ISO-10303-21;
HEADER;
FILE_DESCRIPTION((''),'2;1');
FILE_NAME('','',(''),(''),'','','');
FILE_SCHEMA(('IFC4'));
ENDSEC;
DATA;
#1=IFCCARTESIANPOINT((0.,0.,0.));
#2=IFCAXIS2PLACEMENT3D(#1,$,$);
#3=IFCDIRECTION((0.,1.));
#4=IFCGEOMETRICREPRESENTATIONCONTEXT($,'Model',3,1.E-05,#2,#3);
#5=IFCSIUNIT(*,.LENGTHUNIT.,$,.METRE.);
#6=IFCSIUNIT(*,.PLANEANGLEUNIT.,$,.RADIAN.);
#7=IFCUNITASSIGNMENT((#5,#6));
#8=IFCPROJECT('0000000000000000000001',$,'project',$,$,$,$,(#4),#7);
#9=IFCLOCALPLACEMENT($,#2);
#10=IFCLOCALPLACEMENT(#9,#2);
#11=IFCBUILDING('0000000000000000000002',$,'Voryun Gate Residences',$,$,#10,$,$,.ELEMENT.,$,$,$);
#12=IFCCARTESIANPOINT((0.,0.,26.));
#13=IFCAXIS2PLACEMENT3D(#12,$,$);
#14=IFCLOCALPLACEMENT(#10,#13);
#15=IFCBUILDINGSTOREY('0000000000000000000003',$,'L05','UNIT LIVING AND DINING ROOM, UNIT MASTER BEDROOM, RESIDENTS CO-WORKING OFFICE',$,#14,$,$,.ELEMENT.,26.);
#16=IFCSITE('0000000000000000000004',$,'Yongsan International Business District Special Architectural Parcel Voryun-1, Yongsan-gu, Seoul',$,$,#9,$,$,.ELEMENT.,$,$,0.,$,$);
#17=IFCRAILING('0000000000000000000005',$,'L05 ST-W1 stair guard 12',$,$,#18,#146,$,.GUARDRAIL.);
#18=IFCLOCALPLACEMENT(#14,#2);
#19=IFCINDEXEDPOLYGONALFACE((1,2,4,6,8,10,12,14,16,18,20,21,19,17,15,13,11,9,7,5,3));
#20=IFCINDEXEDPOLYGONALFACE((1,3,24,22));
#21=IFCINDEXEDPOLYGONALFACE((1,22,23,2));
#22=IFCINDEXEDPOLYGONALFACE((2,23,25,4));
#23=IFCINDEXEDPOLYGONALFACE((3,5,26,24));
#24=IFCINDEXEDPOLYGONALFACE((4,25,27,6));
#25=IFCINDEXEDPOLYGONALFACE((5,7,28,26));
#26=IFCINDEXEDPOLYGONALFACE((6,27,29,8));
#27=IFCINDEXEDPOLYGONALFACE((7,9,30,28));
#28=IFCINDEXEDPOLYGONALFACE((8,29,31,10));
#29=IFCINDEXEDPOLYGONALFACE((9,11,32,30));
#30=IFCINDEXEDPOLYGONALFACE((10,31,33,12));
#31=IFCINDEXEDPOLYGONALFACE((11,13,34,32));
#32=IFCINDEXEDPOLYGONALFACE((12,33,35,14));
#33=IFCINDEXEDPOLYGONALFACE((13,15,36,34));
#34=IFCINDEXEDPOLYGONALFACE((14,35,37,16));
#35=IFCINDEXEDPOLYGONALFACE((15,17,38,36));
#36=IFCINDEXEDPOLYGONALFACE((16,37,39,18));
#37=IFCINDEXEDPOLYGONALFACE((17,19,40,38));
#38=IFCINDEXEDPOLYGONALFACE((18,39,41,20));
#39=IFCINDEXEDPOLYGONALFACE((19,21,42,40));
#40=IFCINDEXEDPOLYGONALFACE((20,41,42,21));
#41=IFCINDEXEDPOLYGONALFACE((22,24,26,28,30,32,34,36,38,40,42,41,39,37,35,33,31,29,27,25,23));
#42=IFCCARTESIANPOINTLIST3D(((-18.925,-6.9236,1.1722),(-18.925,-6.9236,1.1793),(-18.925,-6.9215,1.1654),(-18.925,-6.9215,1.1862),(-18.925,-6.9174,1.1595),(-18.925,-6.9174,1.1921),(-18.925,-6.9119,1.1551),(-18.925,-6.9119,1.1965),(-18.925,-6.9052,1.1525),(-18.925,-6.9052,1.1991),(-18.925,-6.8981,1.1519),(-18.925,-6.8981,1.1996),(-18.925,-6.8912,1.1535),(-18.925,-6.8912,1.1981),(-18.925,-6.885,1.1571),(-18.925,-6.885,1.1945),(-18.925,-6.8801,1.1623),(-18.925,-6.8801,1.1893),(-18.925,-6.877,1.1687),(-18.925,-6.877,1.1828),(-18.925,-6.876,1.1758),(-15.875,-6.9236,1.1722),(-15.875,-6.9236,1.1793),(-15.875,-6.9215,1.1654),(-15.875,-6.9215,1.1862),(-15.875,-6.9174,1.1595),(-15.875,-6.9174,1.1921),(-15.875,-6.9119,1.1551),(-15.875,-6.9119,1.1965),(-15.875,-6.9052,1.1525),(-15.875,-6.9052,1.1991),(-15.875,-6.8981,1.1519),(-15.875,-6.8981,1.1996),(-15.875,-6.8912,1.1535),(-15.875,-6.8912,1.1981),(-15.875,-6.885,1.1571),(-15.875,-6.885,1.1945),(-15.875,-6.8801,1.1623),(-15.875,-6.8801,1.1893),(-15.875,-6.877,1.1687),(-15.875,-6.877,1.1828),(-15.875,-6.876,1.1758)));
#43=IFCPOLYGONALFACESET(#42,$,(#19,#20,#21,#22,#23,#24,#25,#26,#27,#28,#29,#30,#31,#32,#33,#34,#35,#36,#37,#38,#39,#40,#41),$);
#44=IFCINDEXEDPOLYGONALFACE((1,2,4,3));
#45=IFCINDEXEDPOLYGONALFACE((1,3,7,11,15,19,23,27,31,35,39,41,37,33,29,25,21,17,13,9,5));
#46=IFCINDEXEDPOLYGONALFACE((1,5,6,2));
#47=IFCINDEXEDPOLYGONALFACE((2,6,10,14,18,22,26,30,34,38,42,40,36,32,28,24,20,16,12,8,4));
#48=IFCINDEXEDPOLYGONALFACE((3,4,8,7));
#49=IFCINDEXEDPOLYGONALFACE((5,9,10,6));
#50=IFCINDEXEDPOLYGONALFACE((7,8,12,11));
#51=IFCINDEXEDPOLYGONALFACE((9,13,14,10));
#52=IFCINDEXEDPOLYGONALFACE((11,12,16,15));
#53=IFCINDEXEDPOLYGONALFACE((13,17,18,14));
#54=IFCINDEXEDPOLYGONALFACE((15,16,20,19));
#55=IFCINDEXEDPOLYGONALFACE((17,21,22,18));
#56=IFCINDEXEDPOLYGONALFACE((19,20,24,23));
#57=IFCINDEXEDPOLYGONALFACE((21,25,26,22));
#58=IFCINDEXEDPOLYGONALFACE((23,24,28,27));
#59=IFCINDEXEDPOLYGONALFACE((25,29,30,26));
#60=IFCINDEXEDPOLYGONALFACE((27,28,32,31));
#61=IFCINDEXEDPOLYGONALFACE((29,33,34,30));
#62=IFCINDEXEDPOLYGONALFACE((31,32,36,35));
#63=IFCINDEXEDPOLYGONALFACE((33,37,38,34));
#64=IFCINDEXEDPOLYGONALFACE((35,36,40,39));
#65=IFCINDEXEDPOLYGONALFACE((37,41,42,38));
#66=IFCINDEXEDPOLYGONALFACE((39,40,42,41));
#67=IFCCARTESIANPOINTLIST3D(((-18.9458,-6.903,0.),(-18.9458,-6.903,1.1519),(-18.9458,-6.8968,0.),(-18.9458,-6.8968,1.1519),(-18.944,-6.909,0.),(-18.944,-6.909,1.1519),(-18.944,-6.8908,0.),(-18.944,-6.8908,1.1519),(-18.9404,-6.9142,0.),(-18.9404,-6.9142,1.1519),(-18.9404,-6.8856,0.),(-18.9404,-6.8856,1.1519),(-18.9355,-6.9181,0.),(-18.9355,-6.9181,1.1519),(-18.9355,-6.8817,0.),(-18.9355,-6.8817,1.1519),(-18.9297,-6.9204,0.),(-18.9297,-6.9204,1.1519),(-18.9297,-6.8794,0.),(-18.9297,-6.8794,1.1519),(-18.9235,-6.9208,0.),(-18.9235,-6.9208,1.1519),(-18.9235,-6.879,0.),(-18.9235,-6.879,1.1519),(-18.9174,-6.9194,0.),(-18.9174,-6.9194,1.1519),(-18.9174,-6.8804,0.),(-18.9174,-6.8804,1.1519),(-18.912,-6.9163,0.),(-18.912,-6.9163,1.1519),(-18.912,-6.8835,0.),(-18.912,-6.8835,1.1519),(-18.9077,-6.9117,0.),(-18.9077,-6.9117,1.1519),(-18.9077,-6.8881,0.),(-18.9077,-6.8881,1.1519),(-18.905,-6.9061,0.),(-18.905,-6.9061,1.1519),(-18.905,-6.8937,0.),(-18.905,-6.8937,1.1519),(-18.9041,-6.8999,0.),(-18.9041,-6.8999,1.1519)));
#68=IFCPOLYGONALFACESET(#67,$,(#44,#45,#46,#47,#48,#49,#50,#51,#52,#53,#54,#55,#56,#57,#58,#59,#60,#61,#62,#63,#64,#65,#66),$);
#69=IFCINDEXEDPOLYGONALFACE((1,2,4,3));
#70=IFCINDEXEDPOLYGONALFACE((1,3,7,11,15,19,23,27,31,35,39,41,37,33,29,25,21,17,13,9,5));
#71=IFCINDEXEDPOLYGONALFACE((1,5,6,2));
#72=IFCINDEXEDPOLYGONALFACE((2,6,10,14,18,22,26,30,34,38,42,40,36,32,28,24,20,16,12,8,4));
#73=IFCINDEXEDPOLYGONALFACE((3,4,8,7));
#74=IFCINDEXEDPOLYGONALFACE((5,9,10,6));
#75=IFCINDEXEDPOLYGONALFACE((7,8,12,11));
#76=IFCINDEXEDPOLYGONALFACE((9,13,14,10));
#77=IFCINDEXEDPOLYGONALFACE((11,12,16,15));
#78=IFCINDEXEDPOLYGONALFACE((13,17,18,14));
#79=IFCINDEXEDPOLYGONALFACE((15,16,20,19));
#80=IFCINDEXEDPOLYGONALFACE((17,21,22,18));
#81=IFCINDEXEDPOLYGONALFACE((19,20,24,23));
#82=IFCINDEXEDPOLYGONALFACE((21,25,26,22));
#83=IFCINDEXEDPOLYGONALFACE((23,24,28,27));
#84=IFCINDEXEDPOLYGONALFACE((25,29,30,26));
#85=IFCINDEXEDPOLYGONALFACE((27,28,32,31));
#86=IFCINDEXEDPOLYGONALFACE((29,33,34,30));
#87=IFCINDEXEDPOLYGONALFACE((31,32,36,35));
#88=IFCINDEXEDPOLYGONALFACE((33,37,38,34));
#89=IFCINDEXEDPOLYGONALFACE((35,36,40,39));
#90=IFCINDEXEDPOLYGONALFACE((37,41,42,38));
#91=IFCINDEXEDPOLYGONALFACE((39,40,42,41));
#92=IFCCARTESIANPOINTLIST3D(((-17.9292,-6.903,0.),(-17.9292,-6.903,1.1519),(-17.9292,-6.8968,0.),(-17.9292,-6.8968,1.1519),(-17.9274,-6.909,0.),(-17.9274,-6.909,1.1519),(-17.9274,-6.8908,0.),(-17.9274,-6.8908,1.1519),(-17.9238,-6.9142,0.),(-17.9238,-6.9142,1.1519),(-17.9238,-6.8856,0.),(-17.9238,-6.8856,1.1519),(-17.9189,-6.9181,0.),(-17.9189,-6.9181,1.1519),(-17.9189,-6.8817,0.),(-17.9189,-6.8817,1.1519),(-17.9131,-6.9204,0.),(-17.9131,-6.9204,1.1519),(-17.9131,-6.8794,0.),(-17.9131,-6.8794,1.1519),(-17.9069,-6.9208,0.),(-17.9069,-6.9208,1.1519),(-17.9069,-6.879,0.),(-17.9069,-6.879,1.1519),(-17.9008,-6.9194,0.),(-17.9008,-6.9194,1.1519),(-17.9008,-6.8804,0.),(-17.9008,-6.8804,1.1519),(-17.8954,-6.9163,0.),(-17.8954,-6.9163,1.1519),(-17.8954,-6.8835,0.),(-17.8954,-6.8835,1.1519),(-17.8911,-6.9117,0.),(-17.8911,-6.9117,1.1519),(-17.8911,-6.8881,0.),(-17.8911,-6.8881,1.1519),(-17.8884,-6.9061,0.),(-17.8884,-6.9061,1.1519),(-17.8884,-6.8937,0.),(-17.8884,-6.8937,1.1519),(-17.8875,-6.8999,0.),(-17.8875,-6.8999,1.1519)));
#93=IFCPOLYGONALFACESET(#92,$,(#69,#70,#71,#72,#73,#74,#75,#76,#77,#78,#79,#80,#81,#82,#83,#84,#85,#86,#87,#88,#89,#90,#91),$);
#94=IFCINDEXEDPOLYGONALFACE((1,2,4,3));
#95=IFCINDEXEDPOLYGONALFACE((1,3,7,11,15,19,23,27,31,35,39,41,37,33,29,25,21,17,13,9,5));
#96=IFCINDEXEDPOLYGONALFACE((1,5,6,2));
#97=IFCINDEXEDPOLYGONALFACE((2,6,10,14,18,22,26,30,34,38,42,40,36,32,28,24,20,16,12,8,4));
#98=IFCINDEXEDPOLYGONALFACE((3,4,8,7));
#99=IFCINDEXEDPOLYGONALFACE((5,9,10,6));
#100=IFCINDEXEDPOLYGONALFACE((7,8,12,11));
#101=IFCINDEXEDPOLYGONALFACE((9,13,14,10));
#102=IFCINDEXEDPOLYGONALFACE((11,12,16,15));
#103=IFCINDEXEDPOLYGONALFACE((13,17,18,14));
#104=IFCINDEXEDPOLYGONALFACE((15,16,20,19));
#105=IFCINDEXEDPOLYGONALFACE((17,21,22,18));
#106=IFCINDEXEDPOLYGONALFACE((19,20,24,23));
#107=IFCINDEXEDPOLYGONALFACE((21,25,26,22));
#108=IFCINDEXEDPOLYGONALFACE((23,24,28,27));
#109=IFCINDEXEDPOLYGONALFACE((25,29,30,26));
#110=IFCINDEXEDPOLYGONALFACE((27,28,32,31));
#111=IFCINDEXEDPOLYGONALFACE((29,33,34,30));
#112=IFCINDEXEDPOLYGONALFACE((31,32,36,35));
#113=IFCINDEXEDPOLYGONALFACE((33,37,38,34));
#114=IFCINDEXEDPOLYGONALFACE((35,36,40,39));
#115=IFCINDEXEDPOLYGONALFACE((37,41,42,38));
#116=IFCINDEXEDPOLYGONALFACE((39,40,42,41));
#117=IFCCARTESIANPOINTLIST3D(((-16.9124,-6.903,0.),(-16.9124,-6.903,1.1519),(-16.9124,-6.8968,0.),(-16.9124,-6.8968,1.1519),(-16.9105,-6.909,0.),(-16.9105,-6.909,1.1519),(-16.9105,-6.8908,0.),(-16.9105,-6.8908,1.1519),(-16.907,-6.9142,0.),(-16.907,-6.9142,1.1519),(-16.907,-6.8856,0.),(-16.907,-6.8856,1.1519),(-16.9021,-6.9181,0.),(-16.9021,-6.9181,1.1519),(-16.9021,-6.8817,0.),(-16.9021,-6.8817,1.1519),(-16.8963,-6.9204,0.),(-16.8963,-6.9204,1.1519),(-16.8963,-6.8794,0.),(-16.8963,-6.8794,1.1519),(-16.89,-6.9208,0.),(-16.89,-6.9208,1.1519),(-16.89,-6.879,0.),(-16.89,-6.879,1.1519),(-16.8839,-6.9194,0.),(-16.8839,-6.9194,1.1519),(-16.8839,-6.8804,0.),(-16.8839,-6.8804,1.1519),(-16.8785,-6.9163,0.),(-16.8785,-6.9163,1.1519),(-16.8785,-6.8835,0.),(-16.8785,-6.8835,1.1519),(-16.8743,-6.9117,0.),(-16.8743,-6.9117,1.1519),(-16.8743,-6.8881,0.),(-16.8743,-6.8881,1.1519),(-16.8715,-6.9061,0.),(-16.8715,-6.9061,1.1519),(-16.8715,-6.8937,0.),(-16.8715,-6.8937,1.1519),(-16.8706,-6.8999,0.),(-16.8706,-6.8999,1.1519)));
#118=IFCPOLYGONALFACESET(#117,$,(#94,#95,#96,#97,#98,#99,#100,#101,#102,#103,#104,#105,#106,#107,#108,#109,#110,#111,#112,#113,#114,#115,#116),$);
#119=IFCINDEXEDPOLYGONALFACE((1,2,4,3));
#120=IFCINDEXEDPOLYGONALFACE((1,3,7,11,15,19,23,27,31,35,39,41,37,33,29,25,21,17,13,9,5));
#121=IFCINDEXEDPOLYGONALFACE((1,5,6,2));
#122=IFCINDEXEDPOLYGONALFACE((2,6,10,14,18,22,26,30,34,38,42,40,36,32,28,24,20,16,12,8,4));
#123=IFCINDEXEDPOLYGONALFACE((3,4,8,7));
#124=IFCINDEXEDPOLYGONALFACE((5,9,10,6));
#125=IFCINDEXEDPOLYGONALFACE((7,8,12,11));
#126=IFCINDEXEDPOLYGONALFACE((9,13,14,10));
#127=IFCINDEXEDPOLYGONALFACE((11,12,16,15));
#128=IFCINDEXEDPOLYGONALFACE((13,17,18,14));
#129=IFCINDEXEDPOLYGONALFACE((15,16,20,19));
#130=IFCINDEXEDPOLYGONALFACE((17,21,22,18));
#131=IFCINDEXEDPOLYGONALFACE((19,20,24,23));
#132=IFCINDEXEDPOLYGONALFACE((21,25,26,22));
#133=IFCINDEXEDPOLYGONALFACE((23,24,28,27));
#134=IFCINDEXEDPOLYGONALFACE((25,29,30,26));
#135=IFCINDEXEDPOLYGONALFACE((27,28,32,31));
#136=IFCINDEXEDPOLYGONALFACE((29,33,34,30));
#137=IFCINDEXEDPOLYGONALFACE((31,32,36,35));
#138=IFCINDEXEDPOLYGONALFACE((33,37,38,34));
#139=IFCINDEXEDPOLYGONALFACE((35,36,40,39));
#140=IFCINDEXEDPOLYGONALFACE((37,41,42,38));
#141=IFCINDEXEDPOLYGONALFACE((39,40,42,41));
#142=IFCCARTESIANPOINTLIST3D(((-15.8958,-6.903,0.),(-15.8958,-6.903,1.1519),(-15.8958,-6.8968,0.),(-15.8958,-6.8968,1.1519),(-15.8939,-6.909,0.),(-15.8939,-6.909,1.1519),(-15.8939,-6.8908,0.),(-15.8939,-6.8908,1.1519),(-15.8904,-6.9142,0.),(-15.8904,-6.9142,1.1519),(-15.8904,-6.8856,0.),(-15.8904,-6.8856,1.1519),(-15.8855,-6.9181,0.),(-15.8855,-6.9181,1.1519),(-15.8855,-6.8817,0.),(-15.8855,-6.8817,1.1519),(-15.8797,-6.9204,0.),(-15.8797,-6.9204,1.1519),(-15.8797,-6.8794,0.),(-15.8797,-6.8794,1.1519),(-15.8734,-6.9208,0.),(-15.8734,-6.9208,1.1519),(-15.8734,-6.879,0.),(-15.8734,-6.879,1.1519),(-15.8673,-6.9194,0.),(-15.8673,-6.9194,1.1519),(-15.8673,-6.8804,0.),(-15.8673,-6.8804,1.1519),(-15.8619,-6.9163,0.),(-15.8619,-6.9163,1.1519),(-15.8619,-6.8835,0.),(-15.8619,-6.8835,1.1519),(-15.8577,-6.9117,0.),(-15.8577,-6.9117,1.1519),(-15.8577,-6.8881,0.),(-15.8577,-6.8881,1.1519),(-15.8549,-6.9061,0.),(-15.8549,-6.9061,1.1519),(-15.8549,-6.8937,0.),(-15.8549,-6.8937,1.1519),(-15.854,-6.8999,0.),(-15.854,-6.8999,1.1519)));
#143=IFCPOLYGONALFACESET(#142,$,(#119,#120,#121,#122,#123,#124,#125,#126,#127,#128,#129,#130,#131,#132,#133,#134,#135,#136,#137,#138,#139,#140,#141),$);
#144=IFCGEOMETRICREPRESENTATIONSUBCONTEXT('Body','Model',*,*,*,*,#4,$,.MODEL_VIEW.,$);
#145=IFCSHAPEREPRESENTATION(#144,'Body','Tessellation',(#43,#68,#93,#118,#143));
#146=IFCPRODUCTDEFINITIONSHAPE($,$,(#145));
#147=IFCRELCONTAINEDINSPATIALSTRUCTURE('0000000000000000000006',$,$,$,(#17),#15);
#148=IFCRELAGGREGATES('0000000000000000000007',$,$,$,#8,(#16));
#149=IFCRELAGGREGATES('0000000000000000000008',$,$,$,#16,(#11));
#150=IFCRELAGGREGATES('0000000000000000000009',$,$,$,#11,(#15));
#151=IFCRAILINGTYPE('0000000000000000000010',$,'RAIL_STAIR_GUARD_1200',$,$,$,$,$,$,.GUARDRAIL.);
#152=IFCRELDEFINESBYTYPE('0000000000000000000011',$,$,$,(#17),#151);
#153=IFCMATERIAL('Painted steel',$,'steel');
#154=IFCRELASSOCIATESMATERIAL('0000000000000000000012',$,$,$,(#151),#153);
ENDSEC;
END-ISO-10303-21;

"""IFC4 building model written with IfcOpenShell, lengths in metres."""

from ifc_helpers import new_model, si_unit, direction, frame, origin, origin_2d, place, context, subcontext, project, spatial, circle, extrude, material, type_object, element, save


model = new_model("IFC4")

# Units and contexts
model_context = context("Model", 3, precision=1e-05, world=origin(), true_north=direction((0.0, 1.0)))
body_context = subcontext(model_context, "Body", "Model", "MODEL_VIEW")
ifc_project = project(units=[si_unit("LENGTHUNIT", "METRE"), si_unit("PLANEANGLEUNIT", "RADIAN")], contexts=[model_context])

# Site, building, storey
site_placement = place(None, origin())
site = spatial("IfcSite", under=ifc_project, at=site_placement, Name="Yongsan International Business District Special Architectural Parcel Voryun-1, Yongsan-gu, Seoul", CompositionType="ELEMENT", RefElevation=0.0)
building_placement = place(site_placement, origin())
building = spatial("IfcBuilding", under=site, at=building_placement, Name="Voryun Gate Residences", CompositionType="ELEMENT")
storey_placement = place(building_placement, frame((0.0, 0.0, 26.0)))
storey = spatial("IfcBuildingStorey", under=building, at=storey_placement, Name="L05", Description="UNIT LIVING AND DINING ROOM, UNIT MASTER BEDROOM, RESIDENTS CO-WORKING OFFICE", CompositionType="ELEMENT", Elevation=26.0)

# Railing
ifc_material_1 = material(Name="Painted steel", Category="steel")
railing_type_1 = type_object("IfcRailingType", Name="RAIL_STAIR_GUARD_1200", PredefinedType="GUARDRAIL", material=ifc_material_1)
railing_1_placement = place(storey_placement, frame((-18.925, -6.8999, 0.0)))
element("IfcRailing", 1, at=railing_1_placement, inside=storey, type_object=railing_type_1, Name="L05 ST-W1 stair guard 12", PredefinedType="GUARDRAIL", context=body_context, shape_type="SweptSolid", body=[
    extrude(circle(Radius=0.0239, at=origin_2d()), frame((0.0, 0.0, 1.1758), z_axis=(1.0, 0.0, 0.0), x_axis=(0.0, 1.0, 0.0)), (0.0, 0.0, 1.0), 3.05),
    extrude(circle(Radius=0.021, at=origin_2d()), origin(), (0.0, 0.0, 1.0), 1.1519),
    extrude(circle(Radius=0.021, at=origin_2d()), frame((1.0166, 0.0, 0.0)), (0.0, 0.0, 1.0), 1.1519),
    extrude(circle(Radius=0.021, at=origin_2d()), frame((2.0334, 0.0, 0.0)), (0.0, 0.0, 1.0), 1.1519),
    extrude(circle(Radius=0.021, at=origin_2d()), frame((3.05, 0.0, 0.0)), (0.0, 0.0, 1.0), 1.1519),
])

save(model, "model.ifc")
